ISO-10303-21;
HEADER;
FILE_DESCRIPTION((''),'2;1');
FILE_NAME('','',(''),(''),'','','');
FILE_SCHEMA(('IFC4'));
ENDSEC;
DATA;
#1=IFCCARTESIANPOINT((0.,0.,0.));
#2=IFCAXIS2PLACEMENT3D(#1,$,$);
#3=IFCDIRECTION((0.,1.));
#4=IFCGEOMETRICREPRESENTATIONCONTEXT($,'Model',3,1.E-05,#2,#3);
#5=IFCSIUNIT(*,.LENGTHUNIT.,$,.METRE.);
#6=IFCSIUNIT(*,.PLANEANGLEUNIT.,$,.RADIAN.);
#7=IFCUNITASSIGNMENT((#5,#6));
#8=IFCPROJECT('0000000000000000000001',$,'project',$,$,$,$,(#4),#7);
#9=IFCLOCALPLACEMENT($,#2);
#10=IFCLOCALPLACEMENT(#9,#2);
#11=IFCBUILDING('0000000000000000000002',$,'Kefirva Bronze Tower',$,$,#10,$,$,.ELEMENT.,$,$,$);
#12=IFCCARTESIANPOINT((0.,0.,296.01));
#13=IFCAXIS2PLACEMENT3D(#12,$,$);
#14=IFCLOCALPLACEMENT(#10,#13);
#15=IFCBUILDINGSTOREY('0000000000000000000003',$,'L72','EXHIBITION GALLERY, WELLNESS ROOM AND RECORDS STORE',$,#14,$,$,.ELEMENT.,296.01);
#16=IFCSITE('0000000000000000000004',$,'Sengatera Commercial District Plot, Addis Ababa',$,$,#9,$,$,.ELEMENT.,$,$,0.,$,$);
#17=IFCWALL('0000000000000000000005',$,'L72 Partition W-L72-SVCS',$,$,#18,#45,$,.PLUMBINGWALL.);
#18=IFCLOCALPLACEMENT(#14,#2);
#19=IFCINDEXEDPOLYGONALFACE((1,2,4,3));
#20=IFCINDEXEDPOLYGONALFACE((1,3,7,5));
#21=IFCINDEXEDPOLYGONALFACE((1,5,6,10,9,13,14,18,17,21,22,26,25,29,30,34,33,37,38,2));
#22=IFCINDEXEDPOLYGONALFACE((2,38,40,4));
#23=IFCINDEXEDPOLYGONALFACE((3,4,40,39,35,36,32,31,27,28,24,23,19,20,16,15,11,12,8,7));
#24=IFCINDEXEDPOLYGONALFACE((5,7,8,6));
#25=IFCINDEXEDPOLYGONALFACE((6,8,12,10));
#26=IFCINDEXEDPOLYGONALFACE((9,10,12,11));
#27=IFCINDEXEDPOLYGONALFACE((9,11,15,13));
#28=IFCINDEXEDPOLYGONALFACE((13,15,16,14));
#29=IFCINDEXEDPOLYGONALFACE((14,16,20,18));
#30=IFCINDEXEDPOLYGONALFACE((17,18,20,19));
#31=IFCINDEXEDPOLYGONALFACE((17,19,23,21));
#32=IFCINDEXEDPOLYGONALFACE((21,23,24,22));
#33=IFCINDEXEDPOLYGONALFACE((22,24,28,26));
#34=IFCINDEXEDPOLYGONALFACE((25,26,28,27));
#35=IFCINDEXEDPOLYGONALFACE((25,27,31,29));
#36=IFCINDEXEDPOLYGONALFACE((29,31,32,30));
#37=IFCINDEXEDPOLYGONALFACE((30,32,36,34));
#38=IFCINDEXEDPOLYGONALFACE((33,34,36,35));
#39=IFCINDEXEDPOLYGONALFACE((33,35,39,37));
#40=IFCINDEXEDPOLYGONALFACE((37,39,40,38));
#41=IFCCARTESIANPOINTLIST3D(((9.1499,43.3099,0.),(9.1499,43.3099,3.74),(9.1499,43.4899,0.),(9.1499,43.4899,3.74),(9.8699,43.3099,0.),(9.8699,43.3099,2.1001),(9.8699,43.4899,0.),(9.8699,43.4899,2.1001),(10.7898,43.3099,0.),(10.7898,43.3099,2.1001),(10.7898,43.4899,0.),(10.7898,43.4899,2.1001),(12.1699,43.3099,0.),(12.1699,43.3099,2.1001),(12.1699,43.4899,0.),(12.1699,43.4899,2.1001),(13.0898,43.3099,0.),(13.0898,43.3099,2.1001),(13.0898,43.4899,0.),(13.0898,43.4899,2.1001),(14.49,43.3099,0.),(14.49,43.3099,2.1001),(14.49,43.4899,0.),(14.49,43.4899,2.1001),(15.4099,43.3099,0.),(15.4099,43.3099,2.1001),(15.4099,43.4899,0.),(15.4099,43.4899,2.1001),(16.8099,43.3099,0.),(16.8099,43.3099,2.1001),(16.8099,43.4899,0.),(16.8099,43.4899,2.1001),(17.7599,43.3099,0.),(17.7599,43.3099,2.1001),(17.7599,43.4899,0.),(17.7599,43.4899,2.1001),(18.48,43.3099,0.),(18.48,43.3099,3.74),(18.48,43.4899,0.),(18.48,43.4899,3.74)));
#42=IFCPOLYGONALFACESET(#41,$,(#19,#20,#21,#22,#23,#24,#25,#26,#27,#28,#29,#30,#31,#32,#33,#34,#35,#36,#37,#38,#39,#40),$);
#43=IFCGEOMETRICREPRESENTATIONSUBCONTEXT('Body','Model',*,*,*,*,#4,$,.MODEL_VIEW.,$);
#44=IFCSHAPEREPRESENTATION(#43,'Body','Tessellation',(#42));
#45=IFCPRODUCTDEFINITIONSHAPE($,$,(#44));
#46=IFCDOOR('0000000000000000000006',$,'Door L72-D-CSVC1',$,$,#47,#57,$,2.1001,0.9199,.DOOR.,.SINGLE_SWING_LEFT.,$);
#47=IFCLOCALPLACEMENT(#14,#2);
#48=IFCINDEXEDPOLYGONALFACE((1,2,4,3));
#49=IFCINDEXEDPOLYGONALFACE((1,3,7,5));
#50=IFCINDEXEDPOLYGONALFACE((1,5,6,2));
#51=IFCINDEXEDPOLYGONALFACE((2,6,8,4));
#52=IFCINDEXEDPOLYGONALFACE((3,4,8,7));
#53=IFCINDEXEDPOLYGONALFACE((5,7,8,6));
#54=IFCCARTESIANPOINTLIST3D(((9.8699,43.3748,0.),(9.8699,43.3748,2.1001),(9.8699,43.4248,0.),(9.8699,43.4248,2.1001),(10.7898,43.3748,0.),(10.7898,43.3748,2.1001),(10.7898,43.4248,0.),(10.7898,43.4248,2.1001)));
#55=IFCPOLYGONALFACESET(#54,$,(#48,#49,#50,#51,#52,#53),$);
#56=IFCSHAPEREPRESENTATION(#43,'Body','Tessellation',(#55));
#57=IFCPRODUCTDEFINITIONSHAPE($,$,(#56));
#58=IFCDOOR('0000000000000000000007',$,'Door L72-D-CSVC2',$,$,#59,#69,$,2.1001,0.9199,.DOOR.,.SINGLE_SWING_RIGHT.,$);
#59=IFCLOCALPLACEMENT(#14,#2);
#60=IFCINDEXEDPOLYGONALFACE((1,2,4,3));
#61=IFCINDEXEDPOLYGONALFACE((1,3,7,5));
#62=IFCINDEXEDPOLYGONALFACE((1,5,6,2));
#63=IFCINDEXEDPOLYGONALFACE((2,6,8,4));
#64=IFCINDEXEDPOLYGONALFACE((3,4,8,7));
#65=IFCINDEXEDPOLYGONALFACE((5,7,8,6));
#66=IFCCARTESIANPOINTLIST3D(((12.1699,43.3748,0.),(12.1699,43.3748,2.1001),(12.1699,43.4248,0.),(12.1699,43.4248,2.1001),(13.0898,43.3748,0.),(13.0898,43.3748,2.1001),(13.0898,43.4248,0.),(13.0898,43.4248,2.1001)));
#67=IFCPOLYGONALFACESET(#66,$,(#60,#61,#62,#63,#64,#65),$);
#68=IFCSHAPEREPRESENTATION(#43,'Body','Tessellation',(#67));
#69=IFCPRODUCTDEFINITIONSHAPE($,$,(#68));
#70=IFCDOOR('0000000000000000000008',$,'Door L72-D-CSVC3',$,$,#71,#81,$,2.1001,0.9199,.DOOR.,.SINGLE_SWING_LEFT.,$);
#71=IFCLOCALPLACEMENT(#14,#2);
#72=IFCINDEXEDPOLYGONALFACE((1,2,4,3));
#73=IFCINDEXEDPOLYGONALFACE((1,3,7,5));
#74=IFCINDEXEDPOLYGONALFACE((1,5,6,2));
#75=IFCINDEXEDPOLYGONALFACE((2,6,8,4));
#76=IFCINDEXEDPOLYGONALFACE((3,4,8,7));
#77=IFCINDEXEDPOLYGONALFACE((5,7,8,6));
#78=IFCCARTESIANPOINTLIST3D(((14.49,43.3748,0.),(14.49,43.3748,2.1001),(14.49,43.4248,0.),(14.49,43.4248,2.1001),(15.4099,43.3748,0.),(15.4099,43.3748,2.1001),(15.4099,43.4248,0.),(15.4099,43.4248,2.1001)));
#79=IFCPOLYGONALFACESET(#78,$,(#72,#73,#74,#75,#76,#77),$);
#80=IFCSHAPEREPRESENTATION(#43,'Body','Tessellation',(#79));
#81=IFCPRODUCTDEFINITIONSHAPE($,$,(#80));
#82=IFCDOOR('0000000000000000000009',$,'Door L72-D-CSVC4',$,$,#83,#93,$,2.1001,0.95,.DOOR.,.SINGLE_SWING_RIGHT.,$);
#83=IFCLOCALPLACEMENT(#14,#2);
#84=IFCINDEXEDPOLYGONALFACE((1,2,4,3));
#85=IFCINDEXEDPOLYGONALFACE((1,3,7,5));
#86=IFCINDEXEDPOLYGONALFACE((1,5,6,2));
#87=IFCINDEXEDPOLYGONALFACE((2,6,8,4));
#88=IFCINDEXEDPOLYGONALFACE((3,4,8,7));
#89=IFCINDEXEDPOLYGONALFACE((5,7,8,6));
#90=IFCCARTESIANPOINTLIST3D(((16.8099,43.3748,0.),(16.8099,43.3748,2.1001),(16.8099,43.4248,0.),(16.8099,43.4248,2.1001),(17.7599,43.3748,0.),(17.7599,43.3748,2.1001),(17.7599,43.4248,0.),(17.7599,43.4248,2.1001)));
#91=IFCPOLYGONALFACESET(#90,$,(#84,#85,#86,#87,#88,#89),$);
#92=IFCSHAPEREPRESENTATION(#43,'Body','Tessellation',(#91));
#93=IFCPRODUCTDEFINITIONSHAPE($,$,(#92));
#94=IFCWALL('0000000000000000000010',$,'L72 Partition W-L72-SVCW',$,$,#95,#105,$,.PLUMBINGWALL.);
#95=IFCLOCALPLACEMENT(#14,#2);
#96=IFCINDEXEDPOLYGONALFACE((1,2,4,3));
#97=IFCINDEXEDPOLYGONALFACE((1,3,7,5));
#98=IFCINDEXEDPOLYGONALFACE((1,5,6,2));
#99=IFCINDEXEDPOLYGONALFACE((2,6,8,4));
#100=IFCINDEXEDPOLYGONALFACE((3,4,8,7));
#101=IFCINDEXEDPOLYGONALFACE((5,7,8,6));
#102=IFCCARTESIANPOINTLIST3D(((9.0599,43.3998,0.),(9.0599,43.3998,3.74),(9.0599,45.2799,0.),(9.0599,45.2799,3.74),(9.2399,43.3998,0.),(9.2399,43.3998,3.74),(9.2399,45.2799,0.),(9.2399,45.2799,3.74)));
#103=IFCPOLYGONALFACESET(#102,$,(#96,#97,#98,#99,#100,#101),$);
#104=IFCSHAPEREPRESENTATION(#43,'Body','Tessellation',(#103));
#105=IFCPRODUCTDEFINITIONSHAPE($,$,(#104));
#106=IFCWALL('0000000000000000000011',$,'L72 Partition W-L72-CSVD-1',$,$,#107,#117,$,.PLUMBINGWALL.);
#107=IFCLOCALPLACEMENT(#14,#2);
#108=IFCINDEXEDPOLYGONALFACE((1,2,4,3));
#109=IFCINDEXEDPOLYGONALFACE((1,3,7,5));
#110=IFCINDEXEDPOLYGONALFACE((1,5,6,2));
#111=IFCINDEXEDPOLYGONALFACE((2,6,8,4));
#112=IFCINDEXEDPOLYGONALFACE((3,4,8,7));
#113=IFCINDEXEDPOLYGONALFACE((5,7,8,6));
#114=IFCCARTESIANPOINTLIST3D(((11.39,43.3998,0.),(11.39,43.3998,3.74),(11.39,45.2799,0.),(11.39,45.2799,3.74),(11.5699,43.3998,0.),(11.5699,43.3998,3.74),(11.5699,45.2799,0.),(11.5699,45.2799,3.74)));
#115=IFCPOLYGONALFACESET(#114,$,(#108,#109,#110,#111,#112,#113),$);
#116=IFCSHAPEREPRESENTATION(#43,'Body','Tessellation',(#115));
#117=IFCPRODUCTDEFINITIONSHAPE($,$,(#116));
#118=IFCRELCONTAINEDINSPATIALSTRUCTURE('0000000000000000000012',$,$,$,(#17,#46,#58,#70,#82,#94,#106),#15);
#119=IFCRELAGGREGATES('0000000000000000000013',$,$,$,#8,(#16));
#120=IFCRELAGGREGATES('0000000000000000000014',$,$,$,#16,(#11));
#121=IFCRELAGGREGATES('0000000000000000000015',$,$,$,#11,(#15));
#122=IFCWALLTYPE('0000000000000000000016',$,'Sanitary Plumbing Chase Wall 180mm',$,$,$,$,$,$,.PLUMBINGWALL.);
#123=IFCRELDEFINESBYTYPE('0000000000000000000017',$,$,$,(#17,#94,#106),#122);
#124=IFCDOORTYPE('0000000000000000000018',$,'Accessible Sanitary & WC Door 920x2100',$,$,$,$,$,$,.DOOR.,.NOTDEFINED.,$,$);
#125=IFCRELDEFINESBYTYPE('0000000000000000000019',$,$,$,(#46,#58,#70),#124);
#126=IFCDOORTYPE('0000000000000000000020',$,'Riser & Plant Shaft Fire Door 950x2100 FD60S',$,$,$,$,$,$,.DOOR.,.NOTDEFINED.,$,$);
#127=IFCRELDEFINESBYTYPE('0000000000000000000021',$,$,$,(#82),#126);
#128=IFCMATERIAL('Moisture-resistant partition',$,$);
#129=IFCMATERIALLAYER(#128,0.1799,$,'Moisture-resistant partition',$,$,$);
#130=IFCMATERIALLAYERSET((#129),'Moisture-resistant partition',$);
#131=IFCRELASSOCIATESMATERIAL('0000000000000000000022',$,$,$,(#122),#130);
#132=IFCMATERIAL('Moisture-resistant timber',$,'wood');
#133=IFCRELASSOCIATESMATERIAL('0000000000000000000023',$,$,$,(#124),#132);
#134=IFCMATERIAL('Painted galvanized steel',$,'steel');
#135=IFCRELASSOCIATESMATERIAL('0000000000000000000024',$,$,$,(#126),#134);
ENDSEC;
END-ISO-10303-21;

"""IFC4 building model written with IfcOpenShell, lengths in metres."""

from ifc_helpers import new_model, si_unit, direction, frame, frame_2d, origin, place, context, subcontext, project, spatial, rectangle, extrude, material, layer, layer_set, type_object, element, fill, save


model = new_model("IFC4")

# Units and contexts
model_context = context("Model", 3, precision=1e-05, world=origin(), true_north=direction((0.0, 1.0)))
body_context = subcontext(model_context, "Body", "Model", "MODEL_VIEW")
ifc_project = project(units=[si_unit("LENGTHUNIT", "METRE"), si_unit("PLANEANGLEUNIT", "RADIAN")], contexts=[model_context])

# Site, building, storey
site_placement = place(None, origin())
site = spatial("IfcSite", under=ifc_project, at=site_placement, Name="Sengatera Commercial District Plot, Addis Ababa", CompositionType="ELEMENT", RefElevation=0.0)
building_placement = place(site_placement, origin())
building = spatial("IfcBuilding", under=site, at=building_placement, Name="Kefirva Bronze Tower", CompositionType="ELEMENT")
storey_placement = place(building_placement, frame((0.0, 0.0, 296.01)))
storey = spatial("IfcBuildingStorey", under=building, at=storey_placement, Name="L72", Description="EXHIBITION GALLERY, WELLNESS ROOM AND RECORDS STORE", CompositionType="ELEMENT", Elevation=296.01)

# Shared definitions
ifc_material_1 = material(Name="Painted galvanized steel", Category="steel")

# Wall, openings, doors
ifc_material_2 = material(Name="Moisture-resistant partition")
ifc_layer_1 = layer(ifc_material_2, 0.1799, Name="Moisture-resistant partition")
ifc_layer_set_1 = layer_set([ifc_layer_1], Name="Moisture-resistant partition")
wall_type_1 = type_object("IfcWallType", Name="Sanitary Plumbing Chase Wall 180mm", PredefinedType="PLUMBINGWALL", material=ifc_layer_set_1)
wall_1_placement = place(storey_placement, frame((9.1499, 43.3999, 0.0), z_axis=(0.0, 0.0, 1.0), x_axis=(1.0, 0.0, 0.0)))
wall_1 = element("IfcWall", 1, at=wall_1_placement, inside=storey, type_object=wall_type_1, Name="L72 Partition W-L72-SVCS", PredefinedType="PLUMBINGWALL", context=body_context, shape_type="SweptSolid", body=[
    extrude(rectangle(XDim=9.3301, YDim=0.1799, at=frame_2d((4.665, 0.0))), origin(), (0.0, 0.0, 1.0), 3.74),
])
opening_1_placement = place(wall_1_placement, frame((0.72, 0.0, 0.0)))
opening_1 = element("IfcOpeningElement", 2, at=opening_1_placement, cuts=wall_1, PredefinedType="OPENING", context=body_context, shape_type="SweptSolid", body=[
    extrude(rectangle(XDim=0.9199, YDim=2.1001, at=frame_2d((0.46, 1.05))), frame((0.0, 0.1001, 0.0), z_axis=(0.0, -1.0, 0.0), x_axis=(1.0, 0.0, 0.0)), (0.0, 0.0, 1.0), 0.2),
])
opening_2_placement = place(wall_1_placement, frame((3.02, 0.0, 0.0)))
opening_2 = element("IfcOpeningElement", 3, at=opening_2_placement, cuts=wall_1, PredefinedType="OPENING", context=body_context, shape_type="SweptSolid", body=[
    extrude(rectangle(XDim=0.9199, YDim=2.1001, at=frame_2d((0.46, 1.05))), frame((0.0, 0.1001, 0.0), z_axis=(0.0, -1.0, 0.0), x_axis=(1.0, 0.0, 0.0)), (0.0, 0.0, 1.0), 0.2),
])
opening_3_placement = place(wall_1_placement, frame((5.3401, 0.0, 0.0)))
opening_3 = element("IfcOpeningElement", 4, at=opening_3_placement, cuts=wall_1, PredefinedType="OPENING", context=body_context, shape_type="SweptSolid", body=[
    extrude(rectangle(XDim=0.9199, YDim=2.1001, at=frame_2d((0.46, 1.05))), frame((0.0, 0.1001, 0.0), z_axis=(0.0, -1.0, 0.0), x_axis=(1.0, 0.0, 0.0)), (0.0, 0.0, 1.0), 0.2),
])
opening_4_placement = place(wall_1_placement, frame((7.6599, 0.0, 0.0)))
opening_4 = element("IfcOpeningElement", 5, at=opening_4_placement, cuts=wall_1, PredefinedType="OPENING", context=body_context, shape_type="SweptSolid", body=[
    extrude(rectangle(XDim=0.95, YDim=2.1001, at=frame_2d((0.4751, 1.05))), frame((0.0, 0.1001, 0.0), z_axis=(0.0, -1.0, 0.0), x_axis=(1.0, 0.0, 0.0)), (0.0, 0.0, 1.0), 0.2),
])
ifc_material_3 = material(Name="Moisture-resistant timber", Category="wood")
door_type_1 = type_object("IfcDoorType", Name="Accessible Sanitary & WC Door 920x2100", OperationType="NOTDEFINED", PredefinedType="DOOR", material=ifc_material_3)
door_1_placement = place(opening_1_placement, origin())
door_1 = element("IfcDoor", 6, at=door_1_placement, inside=storey, type_object=door_type_1, Name="Door L72-D-CSVC1", OperationType="SINGLE_SWING_LEFT", OverallHeight=2.1001, OverallWidth=0.9199, PredefinedType="DOOR", context=body_context, shape_type="SweptSolid", body=[
    extrude(rectangle(XDim=0.9199, YDim=2.1001, at=frame_2d((0.46, 1.05))), frame((0.0, 0.0249, 0.0), z_axis=(0.0, -1.0, 0.0), x_axis=(1.0, 0.0, 0.0)), (0.0, 0.0, 1.0), 0.05),
])
fill(opening_1, door_1)
door_2_placement = place(opening_2_placement, origin())
door_2 = element("IfcDoor", 7, at=door_2_placement, inside=storey, type_object=door_type_1, Name="Door L72-D-CSVC2", OperationType="SINGLE_SWING_RIGHT", OverallHeight=2.1001, OverallWidth=0.9199, PredefinedType="DOOR", context=body_context, shape_type="SweptSolid", body=[
    extrude(rectangle(XDim=0.9199, YDim=2.1001, at=frame_2d((0.46, 1.05))), frame((0.0, 0.0249, 0.0), z_axis=(0.0, -1.0, 0.0), x_axis=(1.0, 0.0, 0.0)), (0.0, 0.0, 1.0), 0.05),
])
fill(opening_2, door_2)
door_3_placement = place(opening_3_placement, origin())
door_3 = element("IfcDoor", 8, at=door_3_placement, inside=storey, type_object=door_type_1, Name="Door L72-D-CSVC3", OperationType="SINGLE_SWING_LEFT", OverallHeight=2.1001, OverallWidth=0.9199, PredefinedType="DOOR", context=body_context, shape_type="SweptSolid", body=[
    extrude(rectangle(XDim=0.9199, YDim=2.1001, at=frame_2d((0.46, 1.05))), frame((0.0, 0.0249, 0.0), z_axis=(0.0, -1.0, 0.0), x_axis=(1.0, 0.0, 0.0)), (0.0, 0.0, 1.0), 0.05),
])
fill(opening_3, door_3)
door_type_2 = type_object("IfcDoorType", Name="Riser & Plant Shaft Fire Door 950x2100 FD60S", OperationType="NOTDEFINED", PredefinedType="DOOR", material=ifc_material_1)
door_4_placement = place(opening_4_placement, origin())
door_4 = element("IfcDoor", 9, at=door_4_placement, inside=storey, type_object=door_type_2, Name="Door L72-D-CSVC4", OperationType="SINGLE_SWING_RIGHT", OverallHeight=2.1001, OverallWidth=0.95, PredefinedType="DOOR", context=body_context, shape_type="SweptSolid", body=[
    extrude(rectangle(XDim=0.95, YDim=2.1001, at=frame_2d((0.4751, 1.05))), frame((0.0, 0.0249, 0.0), z_axis=(0.0, -1.0, 0.0), x_axis=(1.0, 0.0, 0.0)), (0.0, 0.0, 1.0), 0.05),
])
fill(opening_4, door_4)

# Walls
for number, where, z_axis, x_axis, name in (
    (10, (9.1499, 43.3999, 0.0), (0.0, 0.0, 1.0), (0.0, 1.0, 0.0), "L72 Partition W-L72-SVCW"),
    (11, (11.48, 43.3999, 0.0), (0.0, 0.0, 1.0), (0.0, 1.0, 0.0), "L72 Partition W-L72-CSVD-1"),
):
    element("IfcWall", number, at=place(storey_placement, frame(where, z_axis=z_axis, x_axis=x_axis)), inside=storey, type_object=wall_type_1, Name=name, PredefinedType="PLUMBINGWALL", context=body_context, shape_type="SweptSolid", body=[
        extrude(rectangle(XDim=1.8801, YDim=0.1799, at=frame_2d((0.9399, 0.0))), origin(), (0.0, 0.0, 1.0), 3.74),
    ])

save(model, "model.ifc")
